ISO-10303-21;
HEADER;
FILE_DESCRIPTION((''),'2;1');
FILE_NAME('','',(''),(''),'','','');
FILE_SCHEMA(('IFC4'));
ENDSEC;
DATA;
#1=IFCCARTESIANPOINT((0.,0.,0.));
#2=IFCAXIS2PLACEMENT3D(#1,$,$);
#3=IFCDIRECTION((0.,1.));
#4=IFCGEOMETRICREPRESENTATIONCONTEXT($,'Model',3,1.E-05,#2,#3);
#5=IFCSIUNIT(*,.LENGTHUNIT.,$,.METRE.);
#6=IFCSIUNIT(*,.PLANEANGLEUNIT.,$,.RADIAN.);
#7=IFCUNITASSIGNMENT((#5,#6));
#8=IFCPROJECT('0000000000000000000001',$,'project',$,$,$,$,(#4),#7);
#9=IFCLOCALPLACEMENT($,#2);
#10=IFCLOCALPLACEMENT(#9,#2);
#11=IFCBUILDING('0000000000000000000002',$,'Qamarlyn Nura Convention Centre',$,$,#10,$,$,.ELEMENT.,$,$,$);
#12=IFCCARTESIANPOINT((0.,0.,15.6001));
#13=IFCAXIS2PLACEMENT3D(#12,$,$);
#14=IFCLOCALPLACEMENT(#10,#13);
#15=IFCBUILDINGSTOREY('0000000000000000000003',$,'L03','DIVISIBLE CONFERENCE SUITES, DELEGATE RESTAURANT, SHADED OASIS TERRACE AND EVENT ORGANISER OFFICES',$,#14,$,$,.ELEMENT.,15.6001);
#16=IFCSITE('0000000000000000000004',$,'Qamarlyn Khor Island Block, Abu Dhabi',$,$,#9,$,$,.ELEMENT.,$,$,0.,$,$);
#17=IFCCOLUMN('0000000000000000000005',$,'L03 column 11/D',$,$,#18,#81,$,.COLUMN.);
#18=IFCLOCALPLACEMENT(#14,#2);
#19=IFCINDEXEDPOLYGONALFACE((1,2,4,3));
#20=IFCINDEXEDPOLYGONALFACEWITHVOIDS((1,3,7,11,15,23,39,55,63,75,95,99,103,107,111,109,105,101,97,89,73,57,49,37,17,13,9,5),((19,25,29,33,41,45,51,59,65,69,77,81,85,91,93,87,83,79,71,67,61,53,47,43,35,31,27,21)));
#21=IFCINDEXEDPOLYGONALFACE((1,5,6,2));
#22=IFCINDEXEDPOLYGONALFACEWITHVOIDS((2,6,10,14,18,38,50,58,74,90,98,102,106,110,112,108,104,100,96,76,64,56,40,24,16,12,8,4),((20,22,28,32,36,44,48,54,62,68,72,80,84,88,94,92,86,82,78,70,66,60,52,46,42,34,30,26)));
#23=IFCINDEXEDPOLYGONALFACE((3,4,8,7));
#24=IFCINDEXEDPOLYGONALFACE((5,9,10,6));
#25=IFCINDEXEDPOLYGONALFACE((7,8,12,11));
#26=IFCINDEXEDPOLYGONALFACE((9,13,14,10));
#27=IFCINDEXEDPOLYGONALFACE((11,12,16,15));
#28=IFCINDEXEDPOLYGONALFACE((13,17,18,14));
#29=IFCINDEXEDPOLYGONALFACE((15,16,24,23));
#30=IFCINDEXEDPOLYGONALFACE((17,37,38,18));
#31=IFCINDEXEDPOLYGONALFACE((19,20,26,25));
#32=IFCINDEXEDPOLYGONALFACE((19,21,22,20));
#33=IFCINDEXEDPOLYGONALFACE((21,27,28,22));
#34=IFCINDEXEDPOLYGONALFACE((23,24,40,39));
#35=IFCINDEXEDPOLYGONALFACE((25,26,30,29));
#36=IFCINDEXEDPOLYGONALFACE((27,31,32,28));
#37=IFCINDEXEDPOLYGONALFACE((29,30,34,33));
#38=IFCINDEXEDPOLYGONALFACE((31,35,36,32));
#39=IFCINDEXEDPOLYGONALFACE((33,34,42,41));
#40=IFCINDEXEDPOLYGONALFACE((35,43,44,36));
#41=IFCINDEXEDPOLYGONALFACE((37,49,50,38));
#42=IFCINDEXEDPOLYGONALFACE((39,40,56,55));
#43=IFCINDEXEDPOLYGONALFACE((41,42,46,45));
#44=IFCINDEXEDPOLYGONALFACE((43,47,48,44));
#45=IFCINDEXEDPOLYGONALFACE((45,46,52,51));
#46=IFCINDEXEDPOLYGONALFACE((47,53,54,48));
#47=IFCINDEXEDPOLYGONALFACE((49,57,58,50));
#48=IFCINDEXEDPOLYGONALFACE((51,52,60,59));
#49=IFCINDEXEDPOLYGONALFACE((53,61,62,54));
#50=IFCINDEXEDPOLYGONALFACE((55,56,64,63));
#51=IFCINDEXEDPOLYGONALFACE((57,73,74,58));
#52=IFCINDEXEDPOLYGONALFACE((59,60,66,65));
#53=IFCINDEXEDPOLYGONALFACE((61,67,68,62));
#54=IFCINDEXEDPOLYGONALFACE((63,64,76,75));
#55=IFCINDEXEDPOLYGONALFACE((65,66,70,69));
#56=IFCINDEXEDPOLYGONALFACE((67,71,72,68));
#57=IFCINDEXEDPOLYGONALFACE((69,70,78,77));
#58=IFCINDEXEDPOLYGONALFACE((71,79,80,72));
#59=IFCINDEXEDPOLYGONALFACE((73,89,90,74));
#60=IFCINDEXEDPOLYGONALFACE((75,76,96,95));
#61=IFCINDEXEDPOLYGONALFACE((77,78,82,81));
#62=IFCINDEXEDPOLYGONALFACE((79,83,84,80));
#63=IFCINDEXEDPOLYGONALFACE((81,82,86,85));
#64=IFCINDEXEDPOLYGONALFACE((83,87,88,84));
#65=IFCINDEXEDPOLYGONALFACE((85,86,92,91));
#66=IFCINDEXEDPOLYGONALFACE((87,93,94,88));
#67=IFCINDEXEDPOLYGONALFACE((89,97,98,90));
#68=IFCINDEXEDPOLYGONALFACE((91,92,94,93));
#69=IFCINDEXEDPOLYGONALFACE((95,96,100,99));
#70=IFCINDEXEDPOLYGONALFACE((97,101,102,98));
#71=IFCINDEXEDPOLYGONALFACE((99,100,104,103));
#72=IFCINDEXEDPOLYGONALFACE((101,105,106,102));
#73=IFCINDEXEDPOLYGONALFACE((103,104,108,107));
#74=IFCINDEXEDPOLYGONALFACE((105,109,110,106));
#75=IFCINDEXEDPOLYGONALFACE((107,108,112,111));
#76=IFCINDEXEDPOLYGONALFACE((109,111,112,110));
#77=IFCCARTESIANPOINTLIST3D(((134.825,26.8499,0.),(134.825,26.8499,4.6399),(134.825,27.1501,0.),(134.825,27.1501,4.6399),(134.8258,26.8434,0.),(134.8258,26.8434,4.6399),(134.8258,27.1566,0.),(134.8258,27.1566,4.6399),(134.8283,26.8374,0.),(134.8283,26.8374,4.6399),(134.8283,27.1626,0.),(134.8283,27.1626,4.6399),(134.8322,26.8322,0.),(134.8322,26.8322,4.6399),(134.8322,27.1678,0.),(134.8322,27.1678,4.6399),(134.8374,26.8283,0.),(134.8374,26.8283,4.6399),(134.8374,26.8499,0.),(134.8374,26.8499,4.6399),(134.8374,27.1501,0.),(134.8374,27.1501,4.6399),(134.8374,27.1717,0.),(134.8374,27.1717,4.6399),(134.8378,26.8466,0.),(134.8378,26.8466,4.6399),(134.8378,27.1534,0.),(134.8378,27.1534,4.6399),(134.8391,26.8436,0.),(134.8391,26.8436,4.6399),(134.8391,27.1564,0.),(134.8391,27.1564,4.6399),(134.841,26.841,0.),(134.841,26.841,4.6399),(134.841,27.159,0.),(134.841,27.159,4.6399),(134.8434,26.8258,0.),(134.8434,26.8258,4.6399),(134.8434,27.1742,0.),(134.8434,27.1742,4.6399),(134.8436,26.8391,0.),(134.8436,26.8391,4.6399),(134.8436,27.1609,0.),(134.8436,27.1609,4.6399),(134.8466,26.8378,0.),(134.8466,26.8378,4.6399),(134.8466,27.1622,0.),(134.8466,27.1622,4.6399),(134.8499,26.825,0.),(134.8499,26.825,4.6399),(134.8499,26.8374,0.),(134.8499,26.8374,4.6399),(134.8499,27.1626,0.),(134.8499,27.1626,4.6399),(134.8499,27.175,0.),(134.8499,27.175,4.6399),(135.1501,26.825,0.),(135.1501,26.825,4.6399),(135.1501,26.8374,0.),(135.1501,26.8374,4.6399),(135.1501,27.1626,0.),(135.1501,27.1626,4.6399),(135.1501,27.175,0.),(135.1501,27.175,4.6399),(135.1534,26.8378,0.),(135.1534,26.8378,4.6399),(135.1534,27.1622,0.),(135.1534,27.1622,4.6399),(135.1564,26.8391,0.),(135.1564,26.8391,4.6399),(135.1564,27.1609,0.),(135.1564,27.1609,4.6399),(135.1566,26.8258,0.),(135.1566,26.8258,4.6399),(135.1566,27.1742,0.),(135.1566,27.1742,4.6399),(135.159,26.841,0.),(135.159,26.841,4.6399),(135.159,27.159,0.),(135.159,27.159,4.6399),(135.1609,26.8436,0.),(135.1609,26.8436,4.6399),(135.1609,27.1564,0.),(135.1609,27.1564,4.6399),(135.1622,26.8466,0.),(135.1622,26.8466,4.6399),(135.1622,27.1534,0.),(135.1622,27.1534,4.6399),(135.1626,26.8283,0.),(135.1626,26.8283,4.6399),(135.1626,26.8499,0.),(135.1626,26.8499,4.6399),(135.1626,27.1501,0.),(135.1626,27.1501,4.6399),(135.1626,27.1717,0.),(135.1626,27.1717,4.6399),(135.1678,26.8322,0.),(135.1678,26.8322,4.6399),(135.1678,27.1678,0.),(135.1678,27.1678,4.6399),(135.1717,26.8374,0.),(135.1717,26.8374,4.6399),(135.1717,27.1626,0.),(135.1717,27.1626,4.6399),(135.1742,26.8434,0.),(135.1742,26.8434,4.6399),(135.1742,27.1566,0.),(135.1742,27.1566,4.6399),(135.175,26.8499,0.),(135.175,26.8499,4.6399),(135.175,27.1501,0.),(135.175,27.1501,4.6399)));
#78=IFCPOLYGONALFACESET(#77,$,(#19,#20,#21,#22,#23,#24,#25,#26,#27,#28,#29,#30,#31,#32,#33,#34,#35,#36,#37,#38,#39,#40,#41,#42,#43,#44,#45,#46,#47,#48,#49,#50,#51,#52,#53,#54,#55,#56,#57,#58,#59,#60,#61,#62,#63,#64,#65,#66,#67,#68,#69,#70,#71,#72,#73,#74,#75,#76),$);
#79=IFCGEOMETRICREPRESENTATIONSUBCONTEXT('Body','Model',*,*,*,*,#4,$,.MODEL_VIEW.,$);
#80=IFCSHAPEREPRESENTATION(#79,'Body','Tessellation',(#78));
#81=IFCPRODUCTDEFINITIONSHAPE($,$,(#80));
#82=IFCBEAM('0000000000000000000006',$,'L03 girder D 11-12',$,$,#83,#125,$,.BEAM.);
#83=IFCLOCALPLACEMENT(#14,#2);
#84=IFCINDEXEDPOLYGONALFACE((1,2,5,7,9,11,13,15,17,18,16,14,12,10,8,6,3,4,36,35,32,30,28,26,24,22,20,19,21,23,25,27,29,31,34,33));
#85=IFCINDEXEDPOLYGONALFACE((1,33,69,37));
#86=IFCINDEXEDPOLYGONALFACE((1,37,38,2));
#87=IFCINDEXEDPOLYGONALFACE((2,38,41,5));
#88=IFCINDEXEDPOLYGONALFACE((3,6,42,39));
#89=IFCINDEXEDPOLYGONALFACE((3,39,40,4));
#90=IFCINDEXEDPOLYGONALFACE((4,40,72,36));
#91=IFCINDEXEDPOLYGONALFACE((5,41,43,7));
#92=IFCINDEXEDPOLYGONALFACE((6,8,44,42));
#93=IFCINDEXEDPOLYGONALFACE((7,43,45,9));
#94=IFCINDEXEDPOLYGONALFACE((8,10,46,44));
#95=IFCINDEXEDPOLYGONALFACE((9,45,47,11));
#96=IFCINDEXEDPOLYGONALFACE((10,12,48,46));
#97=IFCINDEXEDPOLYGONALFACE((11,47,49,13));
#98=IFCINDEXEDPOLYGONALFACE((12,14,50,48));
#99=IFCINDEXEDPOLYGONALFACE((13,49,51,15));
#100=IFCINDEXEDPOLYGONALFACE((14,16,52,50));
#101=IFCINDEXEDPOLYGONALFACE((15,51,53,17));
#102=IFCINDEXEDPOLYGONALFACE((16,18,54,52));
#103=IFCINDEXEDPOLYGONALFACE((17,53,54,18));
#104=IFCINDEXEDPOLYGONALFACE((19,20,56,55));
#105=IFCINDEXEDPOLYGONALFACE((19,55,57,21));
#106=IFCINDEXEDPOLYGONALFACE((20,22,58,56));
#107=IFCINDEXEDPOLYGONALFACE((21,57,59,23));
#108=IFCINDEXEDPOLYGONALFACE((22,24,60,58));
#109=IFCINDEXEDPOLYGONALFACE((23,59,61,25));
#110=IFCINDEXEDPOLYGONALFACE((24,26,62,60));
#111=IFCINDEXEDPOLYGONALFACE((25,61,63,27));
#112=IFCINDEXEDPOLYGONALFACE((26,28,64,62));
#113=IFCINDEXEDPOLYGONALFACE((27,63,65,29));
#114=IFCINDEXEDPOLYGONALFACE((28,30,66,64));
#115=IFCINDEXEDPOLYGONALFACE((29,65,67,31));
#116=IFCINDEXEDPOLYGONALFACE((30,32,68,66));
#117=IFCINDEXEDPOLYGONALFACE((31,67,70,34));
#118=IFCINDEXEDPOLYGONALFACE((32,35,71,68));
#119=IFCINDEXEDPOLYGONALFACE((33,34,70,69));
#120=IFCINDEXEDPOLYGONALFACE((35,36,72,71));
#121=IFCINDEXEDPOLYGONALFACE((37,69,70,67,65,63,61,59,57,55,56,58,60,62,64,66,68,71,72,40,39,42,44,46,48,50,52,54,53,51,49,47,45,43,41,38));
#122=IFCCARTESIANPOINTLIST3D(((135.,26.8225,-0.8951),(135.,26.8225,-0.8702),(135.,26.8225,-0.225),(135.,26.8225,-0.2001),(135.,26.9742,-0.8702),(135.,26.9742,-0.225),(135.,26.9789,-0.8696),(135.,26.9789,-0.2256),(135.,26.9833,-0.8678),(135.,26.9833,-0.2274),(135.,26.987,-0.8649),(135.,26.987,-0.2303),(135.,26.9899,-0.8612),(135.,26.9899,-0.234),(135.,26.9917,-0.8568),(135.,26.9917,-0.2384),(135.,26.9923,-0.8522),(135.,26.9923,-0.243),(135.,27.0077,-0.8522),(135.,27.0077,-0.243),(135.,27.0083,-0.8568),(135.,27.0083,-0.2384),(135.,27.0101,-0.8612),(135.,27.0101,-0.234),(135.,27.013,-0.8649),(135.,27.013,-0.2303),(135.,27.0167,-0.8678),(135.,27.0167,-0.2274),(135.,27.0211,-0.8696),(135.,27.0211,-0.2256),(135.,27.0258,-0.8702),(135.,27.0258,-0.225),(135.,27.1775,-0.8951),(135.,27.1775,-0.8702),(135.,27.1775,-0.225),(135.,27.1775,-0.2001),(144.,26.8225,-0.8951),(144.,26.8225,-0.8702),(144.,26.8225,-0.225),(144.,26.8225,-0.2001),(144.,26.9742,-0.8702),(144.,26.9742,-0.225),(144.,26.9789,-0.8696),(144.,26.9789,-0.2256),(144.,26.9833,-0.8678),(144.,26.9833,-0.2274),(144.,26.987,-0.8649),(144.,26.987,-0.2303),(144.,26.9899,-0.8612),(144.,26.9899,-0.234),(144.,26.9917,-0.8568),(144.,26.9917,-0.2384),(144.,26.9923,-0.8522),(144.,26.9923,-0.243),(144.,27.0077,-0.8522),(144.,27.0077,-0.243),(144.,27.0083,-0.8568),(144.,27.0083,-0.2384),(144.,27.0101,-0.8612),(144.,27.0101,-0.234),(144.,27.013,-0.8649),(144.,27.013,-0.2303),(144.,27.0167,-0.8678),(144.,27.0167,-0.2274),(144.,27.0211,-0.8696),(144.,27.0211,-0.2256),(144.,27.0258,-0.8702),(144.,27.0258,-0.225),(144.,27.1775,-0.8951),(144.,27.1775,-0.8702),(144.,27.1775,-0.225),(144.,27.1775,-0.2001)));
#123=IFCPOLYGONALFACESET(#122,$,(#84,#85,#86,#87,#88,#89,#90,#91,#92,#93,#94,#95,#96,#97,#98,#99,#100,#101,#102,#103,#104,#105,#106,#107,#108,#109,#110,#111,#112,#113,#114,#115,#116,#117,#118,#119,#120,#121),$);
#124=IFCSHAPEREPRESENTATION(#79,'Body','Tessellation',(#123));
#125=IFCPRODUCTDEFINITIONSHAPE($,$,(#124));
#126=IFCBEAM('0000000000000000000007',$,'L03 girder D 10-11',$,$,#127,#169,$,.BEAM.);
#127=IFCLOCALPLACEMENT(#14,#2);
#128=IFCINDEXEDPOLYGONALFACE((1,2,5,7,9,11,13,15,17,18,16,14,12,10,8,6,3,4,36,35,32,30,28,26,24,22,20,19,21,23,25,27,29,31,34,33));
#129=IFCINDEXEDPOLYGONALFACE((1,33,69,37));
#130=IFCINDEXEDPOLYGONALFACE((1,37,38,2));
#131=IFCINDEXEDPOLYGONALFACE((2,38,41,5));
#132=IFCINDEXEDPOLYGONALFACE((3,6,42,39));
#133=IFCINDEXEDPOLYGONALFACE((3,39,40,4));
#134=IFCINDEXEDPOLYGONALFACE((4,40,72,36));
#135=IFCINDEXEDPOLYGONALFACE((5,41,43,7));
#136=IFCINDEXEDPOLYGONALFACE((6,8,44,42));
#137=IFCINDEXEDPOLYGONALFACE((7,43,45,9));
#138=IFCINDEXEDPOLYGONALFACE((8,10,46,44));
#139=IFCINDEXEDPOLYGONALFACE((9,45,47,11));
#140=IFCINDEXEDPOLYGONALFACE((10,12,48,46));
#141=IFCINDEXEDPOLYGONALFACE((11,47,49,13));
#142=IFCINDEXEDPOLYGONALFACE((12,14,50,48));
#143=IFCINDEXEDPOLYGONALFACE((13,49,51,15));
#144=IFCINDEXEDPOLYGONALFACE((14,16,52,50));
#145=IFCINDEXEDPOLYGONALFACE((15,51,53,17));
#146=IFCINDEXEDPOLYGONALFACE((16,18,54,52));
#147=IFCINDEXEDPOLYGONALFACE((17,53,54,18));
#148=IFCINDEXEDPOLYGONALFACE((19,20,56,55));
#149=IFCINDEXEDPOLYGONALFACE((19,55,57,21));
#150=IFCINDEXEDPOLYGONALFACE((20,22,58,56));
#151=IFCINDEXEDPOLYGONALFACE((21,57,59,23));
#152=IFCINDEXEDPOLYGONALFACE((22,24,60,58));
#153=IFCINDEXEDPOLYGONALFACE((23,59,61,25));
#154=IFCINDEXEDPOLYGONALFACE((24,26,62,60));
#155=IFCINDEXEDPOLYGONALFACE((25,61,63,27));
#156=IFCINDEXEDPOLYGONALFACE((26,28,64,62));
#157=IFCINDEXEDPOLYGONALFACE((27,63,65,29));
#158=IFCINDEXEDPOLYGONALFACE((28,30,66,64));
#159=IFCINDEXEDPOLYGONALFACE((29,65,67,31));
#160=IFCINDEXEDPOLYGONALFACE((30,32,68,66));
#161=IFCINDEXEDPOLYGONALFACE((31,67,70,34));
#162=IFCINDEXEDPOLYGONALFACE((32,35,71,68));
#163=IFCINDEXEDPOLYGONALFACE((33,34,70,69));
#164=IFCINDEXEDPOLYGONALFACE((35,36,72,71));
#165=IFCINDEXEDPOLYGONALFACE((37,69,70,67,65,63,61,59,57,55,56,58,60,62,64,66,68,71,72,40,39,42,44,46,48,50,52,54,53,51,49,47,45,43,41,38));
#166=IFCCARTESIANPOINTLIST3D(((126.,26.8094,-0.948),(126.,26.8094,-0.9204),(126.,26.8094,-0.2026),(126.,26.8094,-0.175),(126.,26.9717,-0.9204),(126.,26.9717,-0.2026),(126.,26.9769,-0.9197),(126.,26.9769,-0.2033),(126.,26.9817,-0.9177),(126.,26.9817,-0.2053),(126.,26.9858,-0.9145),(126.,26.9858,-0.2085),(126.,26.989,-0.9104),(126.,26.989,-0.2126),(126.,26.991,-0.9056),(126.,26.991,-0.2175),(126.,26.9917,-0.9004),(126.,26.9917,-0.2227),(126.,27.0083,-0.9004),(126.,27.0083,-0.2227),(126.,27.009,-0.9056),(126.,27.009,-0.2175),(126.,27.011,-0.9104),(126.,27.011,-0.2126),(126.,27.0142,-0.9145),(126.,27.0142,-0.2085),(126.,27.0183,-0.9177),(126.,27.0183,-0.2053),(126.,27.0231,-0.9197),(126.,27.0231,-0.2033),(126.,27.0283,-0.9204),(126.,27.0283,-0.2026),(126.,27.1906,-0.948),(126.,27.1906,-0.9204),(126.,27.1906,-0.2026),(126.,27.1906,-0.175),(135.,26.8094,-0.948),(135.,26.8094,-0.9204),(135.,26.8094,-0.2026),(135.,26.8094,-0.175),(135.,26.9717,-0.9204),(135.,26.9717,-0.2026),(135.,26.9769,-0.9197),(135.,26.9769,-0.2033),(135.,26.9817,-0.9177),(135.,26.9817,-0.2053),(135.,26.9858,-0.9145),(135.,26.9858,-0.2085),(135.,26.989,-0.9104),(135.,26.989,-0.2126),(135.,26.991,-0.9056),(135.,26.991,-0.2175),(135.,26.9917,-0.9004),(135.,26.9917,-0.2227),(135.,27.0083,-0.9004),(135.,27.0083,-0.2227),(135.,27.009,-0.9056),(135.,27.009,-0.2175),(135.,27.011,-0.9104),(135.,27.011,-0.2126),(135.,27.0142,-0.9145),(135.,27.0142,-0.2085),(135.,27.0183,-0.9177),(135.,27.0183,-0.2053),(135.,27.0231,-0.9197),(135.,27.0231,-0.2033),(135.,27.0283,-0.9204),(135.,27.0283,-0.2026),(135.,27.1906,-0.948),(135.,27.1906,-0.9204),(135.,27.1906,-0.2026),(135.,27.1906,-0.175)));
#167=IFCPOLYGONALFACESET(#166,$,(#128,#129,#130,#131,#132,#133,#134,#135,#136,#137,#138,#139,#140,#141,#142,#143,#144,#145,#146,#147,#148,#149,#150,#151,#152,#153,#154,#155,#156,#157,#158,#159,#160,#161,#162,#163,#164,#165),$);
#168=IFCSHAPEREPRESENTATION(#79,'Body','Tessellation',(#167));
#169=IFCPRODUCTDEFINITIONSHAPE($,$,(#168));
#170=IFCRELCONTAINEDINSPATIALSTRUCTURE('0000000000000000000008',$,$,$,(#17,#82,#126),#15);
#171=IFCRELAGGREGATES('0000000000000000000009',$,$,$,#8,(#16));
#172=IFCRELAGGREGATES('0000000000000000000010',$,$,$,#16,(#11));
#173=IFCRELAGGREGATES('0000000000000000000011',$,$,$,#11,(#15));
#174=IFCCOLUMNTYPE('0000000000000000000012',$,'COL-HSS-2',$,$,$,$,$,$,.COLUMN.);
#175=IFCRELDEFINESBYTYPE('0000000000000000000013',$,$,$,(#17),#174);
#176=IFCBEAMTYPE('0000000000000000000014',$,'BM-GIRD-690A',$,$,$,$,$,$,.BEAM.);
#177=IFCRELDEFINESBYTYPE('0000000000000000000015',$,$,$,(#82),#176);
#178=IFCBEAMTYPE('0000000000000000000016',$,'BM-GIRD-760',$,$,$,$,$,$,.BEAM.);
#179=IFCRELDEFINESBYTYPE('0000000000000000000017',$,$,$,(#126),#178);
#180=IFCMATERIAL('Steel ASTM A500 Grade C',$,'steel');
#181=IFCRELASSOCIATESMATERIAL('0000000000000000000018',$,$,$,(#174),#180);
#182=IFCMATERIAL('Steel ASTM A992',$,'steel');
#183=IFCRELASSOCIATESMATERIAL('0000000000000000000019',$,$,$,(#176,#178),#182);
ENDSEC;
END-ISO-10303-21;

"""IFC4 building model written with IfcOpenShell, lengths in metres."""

from ifc_helpers import new_model, si_unit, direction, frame, origin, origin_2d, place, context, subcontext, project, spatial, hollow_rectangle, i_section, extrude, material, material_profile, profile_set, type_object, element, save


model = new_model("IFC4")

# Units and contexts
model_context = context("Model", 3, precision=1e-05, world=origin(), true_north=direction((0.0, 1.0)))
body_context = subcontext(model_context, "Body", "Model", "MODEL_VIEW")
ifc_project = project(units=[si_unit("LENGTHUNIT", "METRE"), si_unit("PLANEANGLEUNIT", "RADIAN")], contexts=[model_context])

# Site, building, storey
site_placement = place(None, origin())
site = spatial("IfcSite", under=ifc_project, at=site_placement, Name="Qamarlyn Khor Island Block, Abu Dhabi", CompositionType="ELEMENT", RefElevation=0.0)
building_placement = place(site_placement, origin())
building = spatial("IfcBuilding", under=site, at=building_placement, Name="Qamarlyn Nura Convention Centre", CompositionType="ELEMENT")
storey_placement = place(building_placement, frame((0.0, 0.0, 15.6001)))
storey = spatial("IfcBuildingStorey", under=building, at=storey_placement, Name="L03", Description="DIVISIBLE CONFERENCE SUITES, DELEGATE RESTAURANT, SHADED OASIS TERRACE AND EVENT ORGANISER OFFICES", CompositionType="ELEMENT", Elevation=15.6001)

# Column
ifc_material_1 = material(Name="Steel ASTM A500 Grade C", Category="steel")
ifc_material_profile_1 = material_profile(ifc_material_1, hollow_rectangle(XDim=0.3501, YDim=0.3501, WallThickness=0.0125, InnerFilletRadius=0.0125, OuterFilletRadius=0.0249, at=origin_2d()), Name="HSS350X350X12.5")
ifc_profile_set_1 = profile_set([ifc_material_profile_1], Name="Steel ASTM A500 Grade C")
column_type = type_object("IfcColumnType", Name="COL-HSS-2", PredefinedType="COLUMN", material=ifc_profile_set_1)
column_placement = place(storey_placement, frame((135.0, 27.0, 0.0), z_axis=(0.0, 0.0, 1.0), x_axis=(1.0, 0.0, 0.0)))
element("IfcColumn", 1, at=column_placement, inside=storey, type_object=column_type, Name="L03 column 11/D", PredefinedType="COLUMN", context=body_context, shape_type="SweptSolid", body=[
    extrude(hollow_rectangle(XDim=0.3501, YDim=0.3501, WallThickness=0.0125, InnerFilletRadius=0.0125, OuterFilletRadius=0.0249, at=origin_2d()), origin(), (0.0, 0.0, 1.0), 4.6399),
])

# Beams
ifc_material_2 = material(Name="Steel ASTM A992", Category="steel")
ifc_material_profile_2 = material_profile(ifc_material_2, i_section(OverallWidth=0.355, OverallDepth=0.6951, WebThickness=0.0154, FlangeThickness=0.0249, FilletRadius=0.0181, at=origin_2d()), Name="W690X217")
ifc_profile_set_2 = profile_set([ifc_material_profile_2], Name="Steel ASTM A992")
beam_type_1 = type_object("IfcBeamType", Name="BM-GIRD-690A", PredefinedType="BEAM", material=ifc_profile_set_2)
beam_1_placement = place(storey_placement, frame((135.0, 27.0, -0.5476), z_axis=(1.0, 0.0, 0.0), x_axis=(0.0, 1.0, 0.0)))
element("IfcBeam", 2, at=beam_1_placement, inside=storey, type_object=beam_type_1, Name="L03 girder D 11-12", PredefinedType="BEAM", context=body_context, shape_type="SweptSolid", body=[
    extrude(i_section(OverallWidth=0.355, OverallDepth=0.6951, WebThickness=0.0154, FlangeThickness=0.0249, FilletRadius=0.0181, at=origin_2d()), origin(), (0.0, 0.0, 1.0), 9.0),
])
ifc_material_profile_3 = material_profile(ifc_material_2, i_section(OverallWidth=0.3811, OverallDepth=0.7729, WebThickness=0.0166, FlangeThickness=0.0276, FilletRadius=0.02, at=origin_2d()), Name="W760X257")
ifc_profile_set_3 = profile_set([ifc_material_profile_3], Name="Steel ASTM A992")
beam_type_2 = type_object("IfcBeamType", Name="BM-GIRD-760", PredefinedType="BEAM", material=ifc_profile_set_3)
for number, where, z_axis, x_axis, name in (
    (3, (126.0, 27.0, -0.5615), (1.0, 0.0, 0.0), (0.0, 1.0, 0.0), "L03 girder D 10-11"),
):
    element("IfcBeam", number, at=place(storey_placement, frame(where, z_axis=z_axis, x_axis=x_axis)), inside=storey, type_object=beam_type_2, Name=name, PredefinedType="BEAM", context=body_context, shape_type="SweptSolid", body=[
        extrude(i_section(OverallWidth=0.3811, OverallDepth=0.7729, WebThickness=0.0166, FlangeThickness=0.0276, FilletRadius=0.02, at=origin_2d()), origin(), (0.0, 0.0, 1.0), 9.0),
    ])

save(model, "model.ifc")
